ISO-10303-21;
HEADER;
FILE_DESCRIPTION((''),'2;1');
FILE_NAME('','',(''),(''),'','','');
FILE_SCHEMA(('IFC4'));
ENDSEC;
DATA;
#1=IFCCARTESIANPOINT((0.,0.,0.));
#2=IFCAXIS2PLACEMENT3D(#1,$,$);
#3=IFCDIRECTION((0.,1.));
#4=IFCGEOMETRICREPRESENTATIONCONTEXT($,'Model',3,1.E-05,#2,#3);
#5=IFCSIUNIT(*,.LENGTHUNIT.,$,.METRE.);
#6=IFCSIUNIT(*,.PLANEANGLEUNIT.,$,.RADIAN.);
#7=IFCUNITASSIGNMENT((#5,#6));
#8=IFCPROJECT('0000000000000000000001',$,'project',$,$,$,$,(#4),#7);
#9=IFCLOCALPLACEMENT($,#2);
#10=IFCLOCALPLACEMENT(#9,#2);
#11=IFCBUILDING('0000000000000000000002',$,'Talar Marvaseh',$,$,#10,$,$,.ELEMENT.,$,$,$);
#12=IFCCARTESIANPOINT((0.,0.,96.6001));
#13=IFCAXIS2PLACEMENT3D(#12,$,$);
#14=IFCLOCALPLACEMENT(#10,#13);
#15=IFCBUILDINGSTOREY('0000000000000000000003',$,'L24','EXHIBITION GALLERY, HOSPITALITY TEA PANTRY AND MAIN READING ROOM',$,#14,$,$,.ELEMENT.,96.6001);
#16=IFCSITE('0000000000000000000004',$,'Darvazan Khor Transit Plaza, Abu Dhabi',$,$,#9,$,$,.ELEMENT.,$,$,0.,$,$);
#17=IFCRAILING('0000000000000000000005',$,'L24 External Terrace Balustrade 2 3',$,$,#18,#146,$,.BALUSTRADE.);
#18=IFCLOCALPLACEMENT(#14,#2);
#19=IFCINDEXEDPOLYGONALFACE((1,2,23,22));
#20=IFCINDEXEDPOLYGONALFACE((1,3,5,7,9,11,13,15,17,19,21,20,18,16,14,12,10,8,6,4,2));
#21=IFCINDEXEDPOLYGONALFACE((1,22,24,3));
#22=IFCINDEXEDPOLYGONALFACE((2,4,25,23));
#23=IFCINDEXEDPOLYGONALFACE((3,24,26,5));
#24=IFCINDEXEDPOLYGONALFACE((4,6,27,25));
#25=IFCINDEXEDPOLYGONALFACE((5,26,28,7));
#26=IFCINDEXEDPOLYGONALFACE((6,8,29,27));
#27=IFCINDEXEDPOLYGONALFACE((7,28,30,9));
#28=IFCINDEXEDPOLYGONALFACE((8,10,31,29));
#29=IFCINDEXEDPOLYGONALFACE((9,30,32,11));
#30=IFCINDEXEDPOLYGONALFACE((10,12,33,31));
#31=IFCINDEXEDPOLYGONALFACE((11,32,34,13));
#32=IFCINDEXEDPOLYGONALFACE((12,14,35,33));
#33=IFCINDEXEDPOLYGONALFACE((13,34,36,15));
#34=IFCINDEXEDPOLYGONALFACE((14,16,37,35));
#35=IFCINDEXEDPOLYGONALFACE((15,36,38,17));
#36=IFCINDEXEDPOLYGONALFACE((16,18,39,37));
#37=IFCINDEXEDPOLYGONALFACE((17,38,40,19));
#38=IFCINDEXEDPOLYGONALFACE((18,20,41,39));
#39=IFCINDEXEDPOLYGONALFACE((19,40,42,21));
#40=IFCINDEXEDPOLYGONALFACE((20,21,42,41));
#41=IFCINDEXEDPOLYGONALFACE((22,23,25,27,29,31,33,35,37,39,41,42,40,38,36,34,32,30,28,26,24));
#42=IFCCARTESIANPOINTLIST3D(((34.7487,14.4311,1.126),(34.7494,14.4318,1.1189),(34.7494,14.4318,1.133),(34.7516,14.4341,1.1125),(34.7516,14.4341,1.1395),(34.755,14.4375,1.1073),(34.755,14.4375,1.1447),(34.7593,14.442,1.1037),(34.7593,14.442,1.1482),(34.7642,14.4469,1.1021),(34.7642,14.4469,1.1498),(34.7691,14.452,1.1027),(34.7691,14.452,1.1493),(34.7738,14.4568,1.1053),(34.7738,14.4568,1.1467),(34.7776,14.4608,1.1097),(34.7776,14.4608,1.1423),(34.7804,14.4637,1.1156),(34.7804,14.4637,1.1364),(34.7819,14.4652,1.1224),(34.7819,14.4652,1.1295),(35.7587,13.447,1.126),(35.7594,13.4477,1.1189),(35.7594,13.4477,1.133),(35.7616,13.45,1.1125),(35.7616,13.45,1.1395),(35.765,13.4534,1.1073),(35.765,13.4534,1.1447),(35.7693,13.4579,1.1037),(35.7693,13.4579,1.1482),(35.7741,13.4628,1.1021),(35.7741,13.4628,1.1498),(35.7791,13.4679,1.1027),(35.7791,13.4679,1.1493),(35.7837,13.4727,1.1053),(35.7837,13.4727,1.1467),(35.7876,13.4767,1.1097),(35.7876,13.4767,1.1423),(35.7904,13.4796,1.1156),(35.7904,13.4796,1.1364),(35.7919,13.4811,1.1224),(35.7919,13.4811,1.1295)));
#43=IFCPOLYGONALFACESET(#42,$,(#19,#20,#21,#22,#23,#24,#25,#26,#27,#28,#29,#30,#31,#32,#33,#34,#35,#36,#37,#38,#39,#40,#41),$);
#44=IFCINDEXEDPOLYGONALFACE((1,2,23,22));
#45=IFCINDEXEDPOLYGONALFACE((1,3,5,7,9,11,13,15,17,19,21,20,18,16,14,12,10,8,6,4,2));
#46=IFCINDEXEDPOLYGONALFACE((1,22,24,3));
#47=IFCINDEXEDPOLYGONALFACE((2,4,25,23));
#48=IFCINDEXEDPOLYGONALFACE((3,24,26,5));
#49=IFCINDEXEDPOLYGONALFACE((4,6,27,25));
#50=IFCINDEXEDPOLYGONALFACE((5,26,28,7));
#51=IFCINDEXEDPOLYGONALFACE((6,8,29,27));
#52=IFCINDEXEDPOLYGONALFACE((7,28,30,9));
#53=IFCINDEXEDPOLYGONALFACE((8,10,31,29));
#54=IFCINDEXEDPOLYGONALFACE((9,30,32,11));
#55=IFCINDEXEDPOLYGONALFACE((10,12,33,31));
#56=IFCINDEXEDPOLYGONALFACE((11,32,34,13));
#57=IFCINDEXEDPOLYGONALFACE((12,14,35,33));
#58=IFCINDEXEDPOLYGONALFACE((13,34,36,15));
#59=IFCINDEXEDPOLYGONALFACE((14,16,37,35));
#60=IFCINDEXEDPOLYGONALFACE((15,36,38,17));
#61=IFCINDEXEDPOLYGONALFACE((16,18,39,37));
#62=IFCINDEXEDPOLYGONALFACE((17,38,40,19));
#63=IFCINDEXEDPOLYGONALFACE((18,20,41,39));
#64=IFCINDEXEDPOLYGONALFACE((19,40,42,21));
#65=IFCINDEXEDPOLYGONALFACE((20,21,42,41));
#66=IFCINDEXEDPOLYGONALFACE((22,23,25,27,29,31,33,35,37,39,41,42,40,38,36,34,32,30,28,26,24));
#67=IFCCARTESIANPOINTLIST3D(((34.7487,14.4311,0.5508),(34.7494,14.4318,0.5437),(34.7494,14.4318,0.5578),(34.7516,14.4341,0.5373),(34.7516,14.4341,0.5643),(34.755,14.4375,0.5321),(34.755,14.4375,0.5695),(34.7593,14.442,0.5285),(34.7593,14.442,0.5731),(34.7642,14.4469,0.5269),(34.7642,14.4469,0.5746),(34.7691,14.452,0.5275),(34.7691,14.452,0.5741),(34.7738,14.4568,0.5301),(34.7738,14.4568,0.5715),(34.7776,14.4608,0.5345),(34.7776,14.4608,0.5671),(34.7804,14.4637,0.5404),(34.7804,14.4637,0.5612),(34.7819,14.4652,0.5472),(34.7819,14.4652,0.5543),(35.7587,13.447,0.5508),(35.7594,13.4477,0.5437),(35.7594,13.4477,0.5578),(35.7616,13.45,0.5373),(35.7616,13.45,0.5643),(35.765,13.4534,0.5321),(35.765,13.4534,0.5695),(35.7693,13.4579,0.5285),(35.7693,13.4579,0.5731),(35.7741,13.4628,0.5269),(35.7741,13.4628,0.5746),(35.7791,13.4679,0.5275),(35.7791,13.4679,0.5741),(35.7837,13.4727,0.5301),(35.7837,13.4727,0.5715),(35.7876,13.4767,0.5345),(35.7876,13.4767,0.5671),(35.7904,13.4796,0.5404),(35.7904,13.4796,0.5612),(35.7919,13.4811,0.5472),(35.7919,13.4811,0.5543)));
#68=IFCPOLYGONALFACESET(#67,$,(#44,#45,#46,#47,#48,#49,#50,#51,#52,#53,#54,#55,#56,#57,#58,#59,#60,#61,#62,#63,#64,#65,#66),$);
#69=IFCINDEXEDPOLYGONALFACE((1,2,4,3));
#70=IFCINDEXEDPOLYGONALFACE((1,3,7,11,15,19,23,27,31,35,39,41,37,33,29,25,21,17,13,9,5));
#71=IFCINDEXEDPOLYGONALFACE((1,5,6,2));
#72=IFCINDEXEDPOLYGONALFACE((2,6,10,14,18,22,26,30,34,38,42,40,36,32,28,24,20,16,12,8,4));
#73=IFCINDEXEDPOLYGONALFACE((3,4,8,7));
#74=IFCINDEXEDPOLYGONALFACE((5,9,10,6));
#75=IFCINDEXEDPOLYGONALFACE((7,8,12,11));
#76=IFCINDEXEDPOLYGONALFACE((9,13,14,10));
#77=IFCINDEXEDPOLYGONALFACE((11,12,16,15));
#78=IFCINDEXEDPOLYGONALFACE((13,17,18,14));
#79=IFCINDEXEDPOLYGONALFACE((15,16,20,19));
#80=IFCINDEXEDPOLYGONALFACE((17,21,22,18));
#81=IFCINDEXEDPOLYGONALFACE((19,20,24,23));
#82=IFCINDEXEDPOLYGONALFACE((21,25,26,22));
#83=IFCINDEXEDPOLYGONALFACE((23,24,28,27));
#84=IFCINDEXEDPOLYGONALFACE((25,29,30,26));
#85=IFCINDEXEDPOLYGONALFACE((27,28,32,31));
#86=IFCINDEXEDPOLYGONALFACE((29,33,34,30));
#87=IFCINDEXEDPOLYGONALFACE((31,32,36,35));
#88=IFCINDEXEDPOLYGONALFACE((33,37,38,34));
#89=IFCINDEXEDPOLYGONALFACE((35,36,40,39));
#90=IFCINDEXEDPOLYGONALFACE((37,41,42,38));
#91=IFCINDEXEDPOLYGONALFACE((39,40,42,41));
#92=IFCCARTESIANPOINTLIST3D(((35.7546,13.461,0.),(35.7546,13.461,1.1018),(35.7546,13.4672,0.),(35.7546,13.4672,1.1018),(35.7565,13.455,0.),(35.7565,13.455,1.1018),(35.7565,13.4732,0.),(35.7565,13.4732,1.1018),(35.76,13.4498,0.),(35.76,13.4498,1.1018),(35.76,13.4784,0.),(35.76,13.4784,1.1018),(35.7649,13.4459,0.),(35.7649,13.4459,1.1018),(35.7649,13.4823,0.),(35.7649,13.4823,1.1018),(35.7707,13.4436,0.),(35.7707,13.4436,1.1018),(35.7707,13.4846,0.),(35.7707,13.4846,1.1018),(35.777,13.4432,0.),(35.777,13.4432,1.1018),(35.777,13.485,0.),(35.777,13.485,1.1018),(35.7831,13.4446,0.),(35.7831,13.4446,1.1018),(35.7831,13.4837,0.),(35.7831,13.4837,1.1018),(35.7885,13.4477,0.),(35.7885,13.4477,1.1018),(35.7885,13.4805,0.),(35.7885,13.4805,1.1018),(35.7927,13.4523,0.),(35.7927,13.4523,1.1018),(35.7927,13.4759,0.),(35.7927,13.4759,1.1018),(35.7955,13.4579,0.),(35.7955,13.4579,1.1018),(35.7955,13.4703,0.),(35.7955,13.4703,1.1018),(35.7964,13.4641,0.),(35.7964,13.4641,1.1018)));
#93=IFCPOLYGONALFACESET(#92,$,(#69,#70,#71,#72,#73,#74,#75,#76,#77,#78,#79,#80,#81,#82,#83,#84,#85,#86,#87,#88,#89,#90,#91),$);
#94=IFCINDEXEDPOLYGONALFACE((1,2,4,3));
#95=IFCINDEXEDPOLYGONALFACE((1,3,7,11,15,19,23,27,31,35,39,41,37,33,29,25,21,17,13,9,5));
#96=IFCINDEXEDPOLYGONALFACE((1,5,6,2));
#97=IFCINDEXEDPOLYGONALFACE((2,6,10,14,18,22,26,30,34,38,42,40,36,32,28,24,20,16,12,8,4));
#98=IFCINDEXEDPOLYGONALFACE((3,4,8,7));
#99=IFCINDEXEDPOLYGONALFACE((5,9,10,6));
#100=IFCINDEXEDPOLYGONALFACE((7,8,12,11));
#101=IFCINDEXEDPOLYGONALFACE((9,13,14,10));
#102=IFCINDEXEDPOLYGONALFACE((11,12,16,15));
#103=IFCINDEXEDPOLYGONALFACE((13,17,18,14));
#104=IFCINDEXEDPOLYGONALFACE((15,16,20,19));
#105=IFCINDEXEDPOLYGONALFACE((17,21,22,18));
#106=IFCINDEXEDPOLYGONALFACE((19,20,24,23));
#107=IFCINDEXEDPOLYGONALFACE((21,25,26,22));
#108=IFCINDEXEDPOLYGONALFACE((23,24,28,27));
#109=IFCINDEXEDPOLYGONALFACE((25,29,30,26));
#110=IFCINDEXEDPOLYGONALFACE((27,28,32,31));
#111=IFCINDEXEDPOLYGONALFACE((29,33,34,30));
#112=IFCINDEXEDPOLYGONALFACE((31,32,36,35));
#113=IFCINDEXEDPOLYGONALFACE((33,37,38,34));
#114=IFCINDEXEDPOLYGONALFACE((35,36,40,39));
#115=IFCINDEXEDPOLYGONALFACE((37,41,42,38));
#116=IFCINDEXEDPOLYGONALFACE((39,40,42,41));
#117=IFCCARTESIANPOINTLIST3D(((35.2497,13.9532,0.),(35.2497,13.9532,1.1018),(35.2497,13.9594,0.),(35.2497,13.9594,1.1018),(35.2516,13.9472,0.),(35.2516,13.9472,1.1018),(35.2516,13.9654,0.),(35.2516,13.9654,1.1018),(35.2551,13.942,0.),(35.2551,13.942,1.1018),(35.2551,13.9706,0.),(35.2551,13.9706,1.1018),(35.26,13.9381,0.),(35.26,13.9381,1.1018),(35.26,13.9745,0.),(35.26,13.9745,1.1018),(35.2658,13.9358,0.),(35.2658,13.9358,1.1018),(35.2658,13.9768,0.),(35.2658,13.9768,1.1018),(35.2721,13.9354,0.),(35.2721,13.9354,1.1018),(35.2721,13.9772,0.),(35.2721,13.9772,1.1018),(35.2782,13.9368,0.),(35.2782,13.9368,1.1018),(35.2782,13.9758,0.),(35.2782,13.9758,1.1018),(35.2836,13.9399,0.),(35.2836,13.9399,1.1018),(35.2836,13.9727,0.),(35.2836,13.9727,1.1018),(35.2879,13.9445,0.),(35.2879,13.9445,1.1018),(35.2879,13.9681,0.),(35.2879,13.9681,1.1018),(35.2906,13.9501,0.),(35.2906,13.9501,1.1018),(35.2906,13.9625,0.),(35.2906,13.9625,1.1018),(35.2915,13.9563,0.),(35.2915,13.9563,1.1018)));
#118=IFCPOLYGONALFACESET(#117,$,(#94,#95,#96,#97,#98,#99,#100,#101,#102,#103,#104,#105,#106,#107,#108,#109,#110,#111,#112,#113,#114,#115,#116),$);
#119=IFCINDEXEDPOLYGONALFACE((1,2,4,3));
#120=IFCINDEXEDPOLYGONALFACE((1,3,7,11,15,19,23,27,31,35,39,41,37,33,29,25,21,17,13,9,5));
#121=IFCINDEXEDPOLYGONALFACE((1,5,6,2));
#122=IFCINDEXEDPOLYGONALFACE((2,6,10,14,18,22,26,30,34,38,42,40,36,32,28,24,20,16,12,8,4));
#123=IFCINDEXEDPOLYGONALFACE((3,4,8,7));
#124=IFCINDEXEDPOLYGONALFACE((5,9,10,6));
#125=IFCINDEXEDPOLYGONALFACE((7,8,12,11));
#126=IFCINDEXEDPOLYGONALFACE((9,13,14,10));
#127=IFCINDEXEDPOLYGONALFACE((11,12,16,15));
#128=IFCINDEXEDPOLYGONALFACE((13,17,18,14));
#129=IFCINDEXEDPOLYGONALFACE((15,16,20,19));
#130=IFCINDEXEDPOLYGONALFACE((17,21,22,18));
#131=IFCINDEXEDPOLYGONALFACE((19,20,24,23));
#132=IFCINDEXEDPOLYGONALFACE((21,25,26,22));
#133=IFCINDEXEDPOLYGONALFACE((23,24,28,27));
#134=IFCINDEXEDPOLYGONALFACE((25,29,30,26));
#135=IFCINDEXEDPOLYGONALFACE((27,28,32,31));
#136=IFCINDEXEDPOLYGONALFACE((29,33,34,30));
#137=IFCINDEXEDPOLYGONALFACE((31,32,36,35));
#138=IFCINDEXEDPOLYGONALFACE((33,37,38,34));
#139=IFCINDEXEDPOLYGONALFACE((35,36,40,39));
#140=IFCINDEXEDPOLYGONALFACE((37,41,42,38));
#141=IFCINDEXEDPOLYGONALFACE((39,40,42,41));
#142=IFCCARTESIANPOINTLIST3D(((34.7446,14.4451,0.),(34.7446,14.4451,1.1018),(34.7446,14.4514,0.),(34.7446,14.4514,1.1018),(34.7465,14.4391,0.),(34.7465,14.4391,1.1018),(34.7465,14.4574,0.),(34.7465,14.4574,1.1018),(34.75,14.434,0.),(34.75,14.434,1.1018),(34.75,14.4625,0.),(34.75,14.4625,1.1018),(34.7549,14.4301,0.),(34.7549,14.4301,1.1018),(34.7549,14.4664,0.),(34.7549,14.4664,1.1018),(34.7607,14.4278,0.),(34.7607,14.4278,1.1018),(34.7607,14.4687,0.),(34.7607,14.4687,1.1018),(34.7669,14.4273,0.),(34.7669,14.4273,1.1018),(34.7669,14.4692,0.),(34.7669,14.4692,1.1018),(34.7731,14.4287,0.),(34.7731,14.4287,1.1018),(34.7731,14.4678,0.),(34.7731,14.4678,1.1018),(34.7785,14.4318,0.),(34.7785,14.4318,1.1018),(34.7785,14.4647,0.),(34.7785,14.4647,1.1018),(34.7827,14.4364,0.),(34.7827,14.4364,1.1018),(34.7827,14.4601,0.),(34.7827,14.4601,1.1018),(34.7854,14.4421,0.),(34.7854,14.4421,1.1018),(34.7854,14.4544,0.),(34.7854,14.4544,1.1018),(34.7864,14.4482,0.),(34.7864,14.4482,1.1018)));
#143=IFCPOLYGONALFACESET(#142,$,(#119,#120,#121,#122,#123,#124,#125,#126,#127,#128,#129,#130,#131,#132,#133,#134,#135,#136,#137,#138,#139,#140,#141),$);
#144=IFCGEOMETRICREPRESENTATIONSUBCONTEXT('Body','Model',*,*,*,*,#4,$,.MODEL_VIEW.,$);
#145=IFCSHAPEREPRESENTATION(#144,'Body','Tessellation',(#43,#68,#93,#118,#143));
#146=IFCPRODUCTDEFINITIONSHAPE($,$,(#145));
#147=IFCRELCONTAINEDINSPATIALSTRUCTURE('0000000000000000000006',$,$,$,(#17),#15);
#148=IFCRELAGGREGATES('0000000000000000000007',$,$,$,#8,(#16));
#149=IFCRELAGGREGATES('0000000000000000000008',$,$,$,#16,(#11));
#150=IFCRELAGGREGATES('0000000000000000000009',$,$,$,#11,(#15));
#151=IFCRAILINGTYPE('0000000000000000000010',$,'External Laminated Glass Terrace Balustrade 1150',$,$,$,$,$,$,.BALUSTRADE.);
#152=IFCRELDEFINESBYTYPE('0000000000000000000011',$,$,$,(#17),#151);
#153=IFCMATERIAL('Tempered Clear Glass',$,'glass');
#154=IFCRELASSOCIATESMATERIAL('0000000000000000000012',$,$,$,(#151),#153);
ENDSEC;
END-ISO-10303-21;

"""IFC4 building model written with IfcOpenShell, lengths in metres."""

from ifc_helpers import new_model, si_unit, direction, frame, origin, origin_2d, place, context, subcontext, project, spatial, circle, extrude, material, type_object, element, save


model = new_model("IFC4")

# Units and contexts
model_context = context("Model", 3, precision=1e-05, world=origin(), true_north=direction((0.0, 1.0)))
body_context = subcontext(model_context, "Body", "Model", "MODEL_VIEW")
ifc_project = project(units=[si_unit("LENGTHUNIT", "METRE"), si_unit("PLANEANGLEUNIT", "RADIAN")], contexts=[model_context])

# Site, building, storey
site_placement = place(None, origin())
site = spatial("IfcSite", under=ifc_project, at=site_placement, Name="Darvazan Khor Transit Plaza, Abu Dhabi", CompositionType="ELEMENT", RefElevation=0.0)
building_placement = place(site_placement, origin())
building = spatial("IfcBuilding", under=site, at=building_placement, Name="Talar Marvaseh", CompositionType="ELEMENT")
storey_placement = place(building_placement, frame((0.0, 0.0, 96.6001)))
storey = spatial("IfcBuildingStorey", under=building, at=storey_placement, Name="L24", Description="EXHIBITION GALLERY, HOSPITALITY TEA PANTRY AND MAIN READING ROOM", CompositionType="ELEMENT", Elevation=96.6001)

# Railing
ifc_material_1 = material(Name="Tempered Clear Glass", Category="glass")
railing_type_1 = type_object("IfcRailingType", Name="External Laminated Glass Terrace Balustrade 1150", PredefinedType="BALUSTRADE", material=ifc_material_1)
railing_1_placement = place(storey_placement, frame((35.7754, 13.4641, 0.0)))
element("IfcRailing", 1, at=railing_1_placement, inside=storey, type_object=railing_type_1, Name="L24 External Terrace Balustrade 2 3", PredefinedType="BALUSTRADE", context=body_context, shape_type="SweptSolid", body=[
    extrude(circle(Radius=0.0239, at=origin_2d()), frame((0.0, 0.0, 1.126), z_axis=(-0.716223, 0.697872, 0.0), x_axis=(-0.697872, -0.716223, 0.0)), (0.0, 0.0, 1.0), 1.4102),
    extrude(circle(Radius=0.0239, at=origin_2d()), frame((0.0, 0.0, 0.5508), z_axis=(-0.716223, 0.697872, 0.0), x_axis=(-0.697872, -0.716223, 0.0)), (0.0, 0.0, 1.0), 1.4102),
    extrude(circle(Radius=0.021, at=origin_2d()), origin(), (0.0, 0.0, 1.0), 1.1018),
    extrude(circle(Radius=0.021, at=origin_2d()), frame((-0.5049, 0.4922, 0.0)), (0.0, 0.0, 1.0), 1.1018),
    extrude(circle(Radius=0.021, at=origin_2d()), frame((-1.01, 0.9841, 0.0)), (0.0, 0.0, 1.0), 1.1018),
])

save(model, "model.ifc")
